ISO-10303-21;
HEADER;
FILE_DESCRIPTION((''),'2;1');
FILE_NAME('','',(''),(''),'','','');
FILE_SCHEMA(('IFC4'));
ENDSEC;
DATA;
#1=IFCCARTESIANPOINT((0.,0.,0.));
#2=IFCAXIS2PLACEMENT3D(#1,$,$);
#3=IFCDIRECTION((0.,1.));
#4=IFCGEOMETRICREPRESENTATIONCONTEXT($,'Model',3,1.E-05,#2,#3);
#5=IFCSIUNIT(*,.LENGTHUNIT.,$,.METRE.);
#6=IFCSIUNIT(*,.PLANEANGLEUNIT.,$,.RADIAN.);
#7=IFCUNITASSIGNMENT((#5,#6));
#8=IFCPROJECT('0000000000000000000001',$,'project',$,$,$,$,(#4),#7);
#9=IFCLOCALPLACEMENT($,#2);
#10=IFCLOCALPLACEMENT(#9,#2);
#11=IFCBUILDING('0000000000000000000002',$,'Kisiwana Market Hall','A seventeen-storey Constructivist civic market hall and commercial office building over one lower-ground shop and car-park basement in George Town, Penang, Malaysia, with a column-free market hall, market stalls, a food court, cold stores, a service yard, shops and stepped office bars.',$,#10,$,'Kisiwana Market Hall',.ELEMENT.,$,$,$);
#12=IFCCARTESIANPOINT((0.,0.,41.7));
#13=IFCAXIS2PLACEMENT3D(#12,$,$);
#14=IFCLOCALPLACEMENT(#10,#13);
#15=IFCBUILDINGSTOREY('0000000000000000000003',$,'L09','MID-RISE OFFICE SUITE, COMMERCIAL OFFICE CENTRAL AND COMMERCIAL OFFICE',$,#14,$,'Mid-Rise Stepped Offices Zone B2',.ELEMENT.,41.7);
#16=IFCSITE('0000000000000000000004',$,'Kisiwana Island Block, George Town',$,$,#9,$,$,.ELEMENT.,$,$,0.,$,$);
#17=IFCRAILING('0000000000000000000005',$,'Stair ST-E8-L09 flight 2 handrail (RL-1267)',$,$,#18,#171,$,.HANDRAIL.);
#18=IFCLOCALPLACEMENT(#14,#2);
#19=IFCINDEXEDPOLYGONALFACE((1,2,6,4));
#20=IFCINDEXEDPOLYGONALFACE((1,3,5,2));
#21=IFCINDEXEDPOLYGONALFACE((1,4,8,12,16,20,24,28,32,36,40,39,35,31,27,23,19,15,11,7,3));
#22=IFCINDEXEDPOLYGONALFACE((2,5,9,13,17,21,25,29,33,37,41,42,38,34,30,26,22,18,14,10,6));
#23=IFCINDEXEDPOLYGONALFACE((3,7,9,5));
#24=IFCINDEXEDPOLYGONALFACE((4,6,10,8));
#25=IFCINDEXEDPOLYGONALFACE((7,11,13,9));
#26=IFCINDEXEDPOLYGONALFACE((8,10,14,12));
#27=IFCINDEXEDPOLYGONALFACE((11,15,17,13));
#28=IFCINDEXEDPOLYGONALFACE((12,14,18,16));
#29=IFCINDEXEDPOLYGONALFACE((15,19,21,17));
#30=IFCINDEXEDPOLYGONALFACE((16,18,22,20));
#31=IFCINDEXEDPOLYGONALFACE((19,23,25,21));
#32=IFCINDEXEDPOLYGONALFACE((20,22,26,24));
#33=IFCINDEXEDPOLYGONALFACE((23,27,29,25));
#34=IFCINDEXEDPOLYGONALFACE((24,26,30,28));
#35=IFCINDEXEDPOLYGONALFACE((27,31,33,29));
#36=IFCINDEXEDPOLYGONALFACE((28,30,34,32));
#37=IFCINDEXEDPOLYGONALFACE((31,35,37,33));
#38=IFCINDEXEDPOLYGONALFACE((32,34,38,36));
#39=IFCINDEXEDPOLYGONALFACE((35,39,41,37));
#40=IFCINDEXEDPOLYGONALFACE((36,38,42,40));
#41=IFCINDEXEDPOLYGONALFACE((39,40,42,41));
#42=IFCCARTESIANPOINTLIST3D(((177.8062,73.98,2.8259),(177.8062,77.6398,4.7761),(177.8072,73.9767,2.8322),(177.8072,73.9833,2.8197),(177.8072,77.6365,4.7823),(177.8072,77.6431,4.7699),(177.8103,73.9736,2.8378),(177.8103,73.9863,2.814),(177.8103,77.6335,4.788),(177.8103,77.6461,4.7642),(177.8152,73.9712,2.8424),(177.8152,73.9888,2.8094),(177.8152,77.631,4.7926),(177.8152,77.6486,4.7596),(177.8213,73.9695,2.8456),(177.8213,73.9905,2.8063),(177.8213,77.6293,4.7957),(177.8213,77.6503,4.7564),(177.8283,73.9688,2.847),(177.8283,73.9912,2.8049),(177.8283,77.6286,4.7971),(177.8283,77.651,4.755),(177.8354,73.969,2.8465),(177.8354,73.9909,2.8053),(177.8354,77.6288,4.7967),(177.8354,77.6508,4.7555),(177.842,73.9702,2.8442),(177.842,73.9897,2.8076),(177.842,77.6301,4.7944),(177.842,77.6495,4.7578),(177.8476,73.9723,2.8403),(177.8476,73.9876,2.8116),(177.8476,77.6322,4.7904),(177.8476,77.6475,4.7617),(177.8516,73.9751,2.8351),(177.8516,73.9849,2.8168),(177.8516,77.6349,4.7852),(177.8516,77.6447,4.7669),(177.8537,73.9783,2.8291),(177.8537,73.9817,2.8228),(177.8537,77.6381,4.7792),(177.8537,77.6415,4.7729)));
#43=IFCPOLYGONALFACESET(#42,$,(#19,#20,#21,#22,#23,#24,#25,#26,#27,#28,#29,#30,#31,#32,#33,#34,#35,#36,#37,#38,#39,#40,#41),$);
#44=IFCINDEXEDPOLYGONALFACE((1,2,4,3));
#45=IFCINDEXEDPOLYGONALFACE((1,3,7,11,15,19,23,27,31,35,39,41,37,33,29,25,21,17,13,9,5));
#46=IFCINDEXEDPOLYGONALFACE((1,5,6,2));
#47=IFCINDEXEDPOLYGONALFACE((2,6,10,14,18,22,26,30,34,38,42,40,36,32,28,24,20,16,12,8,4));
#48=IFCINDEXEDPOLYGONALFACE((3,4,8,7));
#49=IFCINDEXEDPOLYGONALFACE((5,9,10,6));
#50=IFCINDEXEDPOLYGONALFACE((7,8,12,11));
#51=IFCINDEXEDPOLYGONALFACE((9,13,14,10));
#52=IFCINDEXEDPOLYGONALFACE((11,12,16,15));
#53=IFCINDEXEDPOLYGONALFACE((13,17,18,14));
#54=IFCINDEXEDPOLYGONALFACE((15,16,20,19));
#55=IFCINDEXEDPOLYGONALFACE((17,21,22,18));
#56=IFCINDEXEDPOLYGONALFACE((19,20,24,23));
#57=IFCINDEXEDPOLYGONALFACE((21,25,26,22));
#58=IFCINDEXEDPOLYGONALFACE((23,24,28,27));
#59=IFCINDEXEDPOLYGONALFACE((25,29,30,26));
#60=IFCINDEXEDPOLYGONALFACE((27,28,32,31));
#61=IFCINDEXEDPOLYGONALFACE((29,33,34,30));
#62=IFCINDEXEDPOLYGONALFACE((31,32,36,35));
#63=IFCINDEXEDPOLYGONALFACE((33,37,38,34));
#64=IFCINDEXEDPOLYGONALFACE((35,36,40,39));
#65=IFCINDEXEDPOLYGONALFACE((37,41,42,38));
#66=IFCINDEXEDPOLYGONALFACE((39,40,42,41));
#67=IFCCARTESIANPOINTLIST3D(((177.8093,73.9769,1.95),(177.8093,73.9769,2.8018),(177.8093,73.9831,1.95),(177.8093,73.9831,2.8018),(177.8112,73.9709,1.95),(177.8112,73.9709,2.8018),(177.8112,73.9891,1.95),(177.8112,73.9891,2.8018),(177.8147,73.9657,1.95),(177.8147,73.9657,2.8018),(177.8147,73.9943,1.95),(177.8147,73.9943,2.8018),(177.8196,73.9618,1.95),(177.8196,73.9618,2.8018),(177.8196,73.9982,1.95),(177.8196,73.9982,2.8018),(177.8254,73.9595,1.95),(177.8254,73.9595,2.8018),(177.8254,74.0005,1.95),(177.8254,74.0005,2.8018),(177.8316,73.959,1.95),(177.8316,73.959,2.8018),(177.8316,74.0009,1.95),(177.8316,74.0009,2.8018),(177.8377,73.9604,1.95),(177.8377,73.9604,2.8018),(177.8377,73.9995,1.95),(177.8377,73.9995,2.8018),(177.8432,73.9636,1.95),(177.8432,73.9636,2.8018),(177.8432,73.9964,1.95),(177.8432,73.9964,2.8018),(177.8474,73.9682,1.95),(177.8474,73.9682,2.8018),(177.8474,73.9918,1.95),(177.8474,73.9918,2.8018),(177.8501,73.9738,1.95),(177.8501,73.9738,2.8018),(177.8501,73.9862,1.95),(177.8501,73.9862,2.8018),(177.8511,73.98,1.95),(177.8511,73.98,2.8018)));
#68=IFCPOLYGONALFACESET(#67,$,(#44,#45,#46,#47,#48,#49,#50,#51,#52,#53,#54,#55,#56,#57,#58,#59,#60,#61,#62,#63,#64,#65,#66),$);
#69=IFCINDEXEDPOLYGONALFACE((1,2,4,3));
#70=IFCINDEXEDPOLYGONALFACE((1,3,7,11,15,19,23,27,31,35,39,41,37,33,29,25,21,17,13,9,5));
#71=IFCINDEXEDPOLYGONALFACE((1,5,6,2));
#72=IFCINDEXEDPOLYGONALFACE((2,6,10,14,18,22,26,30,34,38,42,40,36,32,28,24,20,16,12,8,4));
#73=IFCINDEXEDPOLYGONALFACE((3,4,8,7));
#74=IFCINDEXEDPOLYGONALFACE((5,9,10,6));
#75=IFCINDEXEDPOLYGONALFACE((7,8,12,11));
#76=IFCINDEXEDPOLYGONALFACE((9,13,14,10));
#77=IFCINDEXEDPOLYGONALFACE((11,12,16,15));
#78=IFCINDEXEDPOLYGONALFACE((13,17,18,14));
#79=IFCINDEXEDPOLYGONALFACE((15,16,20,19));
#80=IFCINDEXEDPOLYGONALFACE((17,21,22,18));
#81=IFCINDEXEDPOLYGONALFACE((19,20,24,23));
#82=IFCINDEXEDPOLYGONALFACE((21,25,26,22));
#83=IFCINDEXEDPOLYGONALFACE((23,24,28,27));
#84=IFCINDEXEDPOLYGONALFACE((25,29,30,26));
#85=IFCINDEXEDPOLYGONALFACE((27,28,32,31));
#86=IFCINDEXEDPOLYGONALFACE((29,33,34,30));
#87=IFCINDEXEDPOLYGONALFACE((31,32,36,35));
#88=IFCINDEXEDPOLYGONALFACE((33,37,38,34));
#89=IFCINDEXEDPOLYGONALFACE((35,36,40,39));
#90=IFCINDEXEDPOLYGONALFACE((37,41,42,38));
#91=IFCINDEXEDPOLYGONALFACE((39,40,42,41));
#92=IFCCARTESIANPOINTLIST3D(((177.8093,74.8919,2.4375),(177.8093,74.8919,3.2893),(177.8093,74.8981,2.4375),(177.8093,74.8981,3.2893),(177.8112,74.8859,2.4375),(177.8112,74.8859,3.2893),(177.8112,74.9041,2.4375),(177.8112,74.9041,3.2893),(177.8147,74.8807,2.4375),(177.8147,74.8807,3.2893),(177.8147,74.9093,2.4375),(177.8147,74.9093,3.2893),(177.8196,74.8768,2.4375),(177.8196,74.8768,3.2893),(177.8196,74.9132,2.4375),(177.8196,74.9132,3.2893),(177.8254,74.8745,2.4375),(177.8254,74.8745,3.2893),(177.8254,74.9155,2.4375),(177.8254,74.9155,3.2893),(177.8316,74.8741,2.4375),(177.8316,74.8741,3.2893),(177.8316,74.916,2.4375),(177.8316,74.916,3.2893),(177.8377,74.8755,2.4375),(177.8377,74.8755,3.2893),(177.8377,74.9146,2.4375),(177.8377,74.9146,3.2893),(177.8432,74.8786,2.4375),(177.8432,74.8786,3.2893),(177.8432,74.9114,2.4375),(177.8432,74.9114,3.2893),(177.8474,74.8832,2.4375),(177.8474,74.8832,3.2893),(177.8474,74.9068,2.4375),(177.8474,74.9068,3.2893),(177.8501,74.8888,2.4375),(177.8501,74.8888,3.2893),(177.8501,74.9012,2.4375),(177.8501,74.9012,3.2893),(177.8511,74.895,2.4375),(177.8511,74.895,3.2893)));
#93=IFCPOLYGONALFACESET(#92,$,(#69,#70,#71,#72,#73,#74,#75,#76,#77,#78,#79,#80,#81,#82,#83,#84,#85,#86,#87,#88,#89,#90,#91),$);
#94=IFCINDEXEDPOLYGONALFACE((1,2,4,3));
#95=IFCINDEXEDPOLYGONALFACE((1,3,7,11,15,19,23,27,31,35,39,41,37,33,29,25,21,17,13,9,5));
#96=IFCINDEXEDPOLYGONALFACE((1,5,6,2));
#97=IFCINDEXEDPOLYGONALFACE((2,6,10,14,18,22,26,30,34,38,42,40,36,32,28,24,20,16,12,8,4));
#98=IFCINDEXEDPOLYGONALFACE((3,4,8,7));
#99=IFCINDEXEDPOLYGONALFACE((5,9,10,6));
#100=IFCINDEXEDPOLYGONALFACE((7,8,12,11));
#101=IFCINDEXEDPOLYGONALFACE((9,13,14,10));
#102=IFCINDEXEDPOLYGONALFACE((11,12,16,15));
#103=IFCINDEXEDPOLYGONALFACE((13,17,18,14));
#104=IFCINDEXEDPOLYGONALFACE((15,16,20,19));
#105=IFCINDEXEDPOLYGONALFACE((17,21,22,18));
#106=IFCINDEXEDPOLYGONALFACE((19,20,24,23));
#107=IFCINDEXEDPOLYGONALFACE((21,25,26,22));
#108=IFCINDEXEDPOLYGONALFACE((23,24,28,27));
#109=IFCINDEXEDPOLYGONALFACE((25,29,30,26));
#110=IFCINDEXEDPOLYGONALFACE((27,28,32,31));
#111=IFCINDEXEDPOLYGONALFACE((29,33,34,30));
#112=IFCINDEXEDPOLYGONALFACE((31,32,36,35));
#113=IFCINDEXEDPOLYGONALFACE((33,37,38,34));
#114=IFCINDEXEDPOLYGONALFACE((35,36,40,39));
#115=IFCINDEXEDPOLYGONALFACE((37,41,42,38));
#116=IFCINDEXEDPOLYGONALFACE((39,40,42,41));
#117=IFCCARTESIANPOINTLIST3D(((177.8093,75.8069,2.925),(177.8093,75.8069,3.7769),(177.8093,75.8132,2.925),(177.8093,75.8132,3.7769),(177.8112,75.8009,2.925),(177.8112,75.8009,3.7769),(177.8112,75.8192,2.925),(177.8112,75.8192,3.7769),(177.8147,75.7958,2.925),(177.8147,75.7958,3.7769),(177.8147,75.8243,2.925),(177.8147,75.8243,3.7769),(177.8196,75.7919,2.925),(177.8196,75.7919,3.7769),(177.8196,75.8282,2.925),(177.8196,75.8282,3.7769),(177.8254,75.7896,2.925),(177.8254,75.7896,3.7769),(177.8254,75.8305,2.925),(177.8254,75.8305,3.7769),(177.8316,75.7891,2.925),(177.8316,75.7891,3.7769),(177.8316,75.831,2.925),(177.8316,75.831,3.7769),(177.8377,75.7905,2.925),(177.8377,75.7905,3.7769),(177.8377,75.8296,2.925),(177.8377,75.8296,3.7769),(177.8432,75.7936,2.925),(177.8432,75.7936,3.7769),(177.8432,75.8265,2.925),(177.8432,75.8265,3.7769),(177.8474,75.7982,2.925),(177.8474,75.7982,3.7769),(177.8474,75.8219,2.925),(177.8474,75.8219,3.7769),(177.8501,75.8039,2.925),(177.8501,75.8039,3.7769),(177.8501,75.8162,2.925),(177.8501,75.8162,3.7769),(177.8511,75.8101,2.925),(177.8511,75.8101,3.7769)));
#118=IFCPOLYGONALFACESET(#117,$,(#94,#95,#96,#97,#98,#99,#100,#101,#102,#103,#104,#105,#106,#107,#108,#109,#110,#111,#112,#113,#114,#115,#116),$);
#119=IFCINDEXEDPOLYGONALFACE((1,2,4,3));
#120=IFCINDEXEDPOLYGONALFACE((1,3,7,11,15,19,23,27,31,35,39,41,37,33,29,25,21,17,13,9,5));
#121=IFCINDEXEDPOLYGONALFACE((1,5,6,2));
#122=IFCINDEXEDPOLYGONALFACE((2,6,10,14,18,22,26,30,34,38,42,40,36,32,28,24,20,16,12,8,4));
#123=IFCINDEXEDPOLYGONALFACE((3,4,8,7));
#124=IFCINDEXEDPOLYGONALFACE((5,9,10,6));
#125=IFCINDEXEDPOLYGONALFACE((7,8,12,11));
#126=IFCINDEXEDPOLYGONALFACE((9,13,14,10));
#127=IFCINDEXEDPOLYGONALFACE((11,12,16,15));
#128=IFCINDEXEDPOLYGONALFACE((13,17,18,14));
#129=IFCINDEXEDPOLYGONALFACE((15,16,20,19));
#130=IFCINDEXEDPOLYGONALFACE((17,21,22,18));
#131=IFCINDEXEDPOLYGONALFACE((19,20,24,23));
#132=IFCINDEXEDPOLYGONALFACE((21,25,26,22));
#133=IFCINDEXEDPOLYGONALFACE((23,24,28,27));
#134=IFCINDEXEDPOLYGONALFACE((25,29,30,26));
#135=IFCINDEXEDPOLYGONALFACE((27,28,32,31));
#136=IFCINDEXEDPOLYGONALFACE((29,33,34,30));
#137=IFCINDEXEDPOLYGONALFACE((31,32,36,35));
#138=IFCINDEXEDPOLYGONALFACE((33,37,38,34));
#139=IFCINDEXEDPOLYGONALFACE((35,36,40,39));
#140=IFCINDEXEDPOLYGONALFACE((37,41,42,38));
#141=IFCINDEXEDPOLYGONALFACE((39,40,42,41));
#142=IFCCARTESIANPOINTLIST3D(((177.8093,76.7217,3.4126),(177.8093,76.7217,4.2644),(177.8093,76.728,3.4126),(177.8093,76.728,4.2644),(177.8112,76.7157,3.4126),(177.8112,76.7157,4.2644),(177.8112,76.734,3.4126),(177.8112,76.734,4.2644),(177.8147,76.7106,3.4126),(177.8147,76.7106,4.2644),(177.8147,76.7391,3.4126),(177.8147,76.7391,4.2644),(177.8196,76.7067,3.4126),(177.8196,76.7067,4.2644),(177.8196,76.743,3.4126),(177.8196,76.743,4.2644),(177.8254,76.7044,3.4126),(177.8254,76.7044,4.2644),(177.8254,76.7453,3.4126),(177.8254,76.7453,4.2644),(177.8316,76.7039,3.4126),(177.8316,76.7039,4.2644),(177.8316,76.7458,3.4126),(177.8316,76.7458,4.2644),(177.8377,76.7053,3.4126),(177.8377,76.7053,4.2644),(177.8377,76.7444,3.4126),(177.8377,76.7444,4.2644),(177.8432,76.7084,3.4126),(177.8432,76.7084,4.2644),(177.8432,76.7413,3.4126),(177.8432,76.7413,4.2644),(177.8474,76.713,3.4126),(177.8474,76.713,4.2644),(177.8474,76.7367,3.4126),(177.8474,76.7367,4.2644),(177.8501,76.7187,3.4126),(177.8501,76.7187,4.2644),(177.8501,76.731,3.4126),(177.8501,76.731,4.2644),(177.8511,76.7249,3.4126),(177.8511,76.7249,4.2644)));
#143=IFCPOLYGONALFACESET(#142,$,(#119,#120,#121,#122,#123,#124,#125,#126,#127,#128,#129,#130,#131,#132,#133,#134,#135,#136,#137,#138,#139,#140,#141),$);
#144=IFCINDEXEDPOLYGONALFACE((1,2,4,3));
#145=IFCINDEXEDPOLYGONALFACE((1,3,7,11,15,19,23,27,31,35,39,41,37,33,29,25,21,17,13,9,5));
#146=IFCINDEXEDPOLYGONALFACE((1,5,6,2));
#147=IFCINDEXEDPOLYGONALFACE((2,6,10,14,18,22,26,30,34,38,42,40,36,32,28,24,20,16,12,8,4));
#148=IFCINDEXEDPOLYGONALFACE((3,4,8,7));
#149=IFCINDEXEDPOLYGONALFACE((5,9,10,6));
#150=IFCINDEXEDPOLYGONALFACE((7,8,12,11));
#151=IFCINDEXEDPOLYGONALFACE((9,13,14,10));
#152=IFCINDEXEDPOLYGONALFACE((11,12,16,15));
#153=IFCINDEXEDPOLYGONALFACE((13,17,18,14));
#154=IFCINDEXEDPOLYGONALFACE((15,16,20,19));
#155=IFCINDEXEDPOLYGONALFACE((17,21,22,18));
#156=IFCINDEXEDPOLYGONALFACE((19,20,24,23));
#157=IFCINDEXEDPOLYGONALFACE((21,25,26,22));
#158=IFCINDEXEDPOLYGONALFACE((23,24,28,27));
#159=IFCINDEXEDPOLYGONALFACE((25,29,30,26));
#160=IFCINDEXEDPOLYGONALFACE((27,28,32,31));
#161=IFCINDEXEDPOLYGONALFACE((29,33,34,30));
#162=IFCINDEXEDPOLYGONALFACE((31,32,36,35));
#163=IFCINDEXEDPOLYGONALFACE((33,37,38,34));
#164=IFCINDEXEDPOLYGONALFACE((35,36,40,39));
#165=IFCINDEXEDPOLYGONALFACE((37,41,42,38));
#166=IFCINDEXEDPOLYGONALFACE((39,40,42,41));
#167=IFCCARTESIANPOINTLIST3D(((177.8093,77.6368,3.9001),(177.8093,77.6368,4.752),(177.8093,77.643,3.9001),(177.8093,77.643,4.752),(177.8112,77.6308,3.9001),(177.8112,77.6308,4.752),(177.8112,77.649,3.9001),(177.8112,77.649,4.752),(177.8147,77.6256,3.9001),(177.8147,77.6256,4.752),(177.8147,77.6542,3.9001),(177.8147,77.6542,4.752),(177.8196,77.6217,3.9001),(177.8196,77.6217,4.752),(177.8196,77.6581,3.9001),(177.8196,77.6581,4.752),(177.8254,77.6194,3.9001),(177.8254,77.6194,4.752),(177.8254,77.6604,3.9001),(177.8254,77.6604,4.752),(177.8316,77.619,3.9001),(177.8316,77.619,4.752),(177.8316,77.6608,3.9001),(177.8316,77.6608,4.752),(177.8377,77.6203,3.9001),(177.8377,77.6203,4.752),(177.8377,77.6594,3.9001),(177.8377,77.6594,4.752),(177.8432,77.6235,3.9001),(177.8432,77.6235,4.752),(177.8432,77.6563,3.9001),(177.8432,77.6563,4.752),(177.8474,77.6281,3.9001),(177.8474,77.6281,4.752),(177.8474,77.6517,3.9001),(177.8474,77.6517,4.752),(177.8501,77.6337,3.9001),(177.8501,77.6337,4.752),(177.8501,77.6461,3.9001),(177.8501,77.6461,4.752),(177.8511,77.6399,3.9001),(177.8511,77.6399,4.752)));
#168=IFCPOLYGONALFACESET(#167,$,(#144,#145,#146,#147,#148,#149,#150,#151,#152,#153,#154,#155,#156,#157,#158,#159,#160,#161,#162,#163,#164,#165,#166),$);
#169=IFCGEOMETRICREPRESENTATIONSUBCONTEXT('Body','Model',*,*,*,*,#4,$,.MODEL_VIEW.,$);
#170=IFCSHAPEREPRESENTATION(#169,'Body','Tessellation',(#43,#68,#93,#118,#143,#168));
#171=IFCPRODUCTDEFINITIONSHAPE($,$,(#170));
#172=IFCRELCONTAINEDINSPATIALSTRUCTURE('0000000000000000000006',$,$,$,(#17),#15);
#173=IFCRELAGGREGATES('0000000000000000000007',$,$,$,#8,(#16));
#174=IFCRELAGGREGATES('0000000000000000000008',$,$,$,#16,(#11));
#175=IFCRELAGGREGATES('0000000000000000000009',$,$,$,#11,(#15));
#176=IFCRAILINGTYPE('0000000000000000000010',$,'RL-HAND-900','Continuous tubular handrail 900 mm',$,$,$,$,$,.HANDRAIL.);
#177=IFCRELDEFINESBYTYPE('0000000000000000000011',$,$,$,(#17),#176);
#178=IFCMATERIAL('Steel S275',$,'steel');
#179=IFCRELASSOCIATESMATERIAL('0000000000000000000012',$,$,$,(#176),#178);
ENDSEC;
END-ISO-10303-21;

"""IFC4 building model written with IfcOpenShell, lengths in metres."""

from ifc_helpers import new_model, si_unit, direction, frame, origin, origin_2d, place, context, subcontext, project, spatial, circle, extrude, material, type_object, element, save


model = new_model("IFC4")

# Units and contexts
model_context = context("Model", 3, precision=1e-05, world=origin(), true_north=direction((0.0, 1.0)))
body_context = subcontext(model_context, "Body", "Model", "MODEL_VIEW")
ifc_project = project(units=[si_unit("LENGTHUNIT", "METRE"), si_unit("PLANEANGLEUNIT", "RADIAN")], contexts=[model_context])

# Site, building, storey
site_placement = place(None, origin())
site = spatial("IfcSite", under=ifc_project, at=site_placement, Name="Kisiwana Island Block, George Town", CompositionType="ELEMENT", RefElevation=0.0)
building_placement = place(site_placement, origin())
building = spatial("IfcBuilding", under=site, at=building_placement, Name="Kisiwana Market Hall", Description="A seventeen-storey Constructivist civic market hall and commercial office building over one lower-ground shop and car-park basement in George Town, Penang, Malaysia, with a column-free market hall, market stalls, a food court, cold stores, a service yard, shops and stepped office bars.", LongName="Kisiwana Market Hall", CompositionType="ELEMENT")
storey_placement = place(building_placement, frame((0.0, 0.0, 41.7)))
storey = spatial("IfcBuildingStorey", under=building, at=storey_placement, Name="L09", Description="MID-RISE OFFICE SUITE, COMMERCIAL OFFICE CENTRAL AND COMMERCIAL OFFICE", LongName="Mid-Rise Stepped Offices Zone B2", CompositionType="ELEMENT", Elevation=41.7)

# Railing
ifc_material_1 = material(Name="Steel S275", Category="steel")
railing_type_1 = type_object("IfcRailingType", Name="RL-HAND-900", Description="Continuous tubular handrail 900 mm", PredefinedType="HANDRAIL", material=ifc_material_1)
for number, where, name in (
    (1, (177.8301, 73.98, 1.95), "Stair ST-E8-L09 flight 2 handrail (RL-1267)"),
):
    element("IfcRailing", number, at=place(storey_placement, frame(where)), inside=storey, type_object=railing_type_1, Name=name, PredefinedType="HANDRAIL", context=body_context, shape_type="SweptSolid", body=[
        extrude(circle(Radius=0.0239, at=origin_2d()), frame((0.0, 0.0, 0.876), z_axis=(0.0, 0.882529, 0.470258), x_axis=(-1.0, 0.0, 0.0)), (0.0, 0.0, 1.0), 4.147),
        extrude(circle(Radius=0.021, at=origin_2d()), origin(), (0.0, 0.0, 1.0), 0.8518),
        extrude(circle(Radius=0.021, at=origin_2d()), frame((0.0, 0.915, 0.4875)), (0.0, 0.0, 1.0), 0.8518),
        extrude(circle(Radius=0.021, at=origin_2d()), frame((0.0, 1.8301, 0.9751)), (0.0, 0.0, 1.0), 0.8518),
        extrude(circle(Radius=0.021, at=origin_2d()), frame((0.0, 2.7449, 1.4626)), (0.0, 0.0, 1.0), 0.8518),
        extrude(circle(Radius=0.021, at=origin_2d()), frame((0.0, 3.6599, 1.9502)), (0.0, 0.0, 1.0), 0.8518),
    ])

save(model, "model.ifc")
